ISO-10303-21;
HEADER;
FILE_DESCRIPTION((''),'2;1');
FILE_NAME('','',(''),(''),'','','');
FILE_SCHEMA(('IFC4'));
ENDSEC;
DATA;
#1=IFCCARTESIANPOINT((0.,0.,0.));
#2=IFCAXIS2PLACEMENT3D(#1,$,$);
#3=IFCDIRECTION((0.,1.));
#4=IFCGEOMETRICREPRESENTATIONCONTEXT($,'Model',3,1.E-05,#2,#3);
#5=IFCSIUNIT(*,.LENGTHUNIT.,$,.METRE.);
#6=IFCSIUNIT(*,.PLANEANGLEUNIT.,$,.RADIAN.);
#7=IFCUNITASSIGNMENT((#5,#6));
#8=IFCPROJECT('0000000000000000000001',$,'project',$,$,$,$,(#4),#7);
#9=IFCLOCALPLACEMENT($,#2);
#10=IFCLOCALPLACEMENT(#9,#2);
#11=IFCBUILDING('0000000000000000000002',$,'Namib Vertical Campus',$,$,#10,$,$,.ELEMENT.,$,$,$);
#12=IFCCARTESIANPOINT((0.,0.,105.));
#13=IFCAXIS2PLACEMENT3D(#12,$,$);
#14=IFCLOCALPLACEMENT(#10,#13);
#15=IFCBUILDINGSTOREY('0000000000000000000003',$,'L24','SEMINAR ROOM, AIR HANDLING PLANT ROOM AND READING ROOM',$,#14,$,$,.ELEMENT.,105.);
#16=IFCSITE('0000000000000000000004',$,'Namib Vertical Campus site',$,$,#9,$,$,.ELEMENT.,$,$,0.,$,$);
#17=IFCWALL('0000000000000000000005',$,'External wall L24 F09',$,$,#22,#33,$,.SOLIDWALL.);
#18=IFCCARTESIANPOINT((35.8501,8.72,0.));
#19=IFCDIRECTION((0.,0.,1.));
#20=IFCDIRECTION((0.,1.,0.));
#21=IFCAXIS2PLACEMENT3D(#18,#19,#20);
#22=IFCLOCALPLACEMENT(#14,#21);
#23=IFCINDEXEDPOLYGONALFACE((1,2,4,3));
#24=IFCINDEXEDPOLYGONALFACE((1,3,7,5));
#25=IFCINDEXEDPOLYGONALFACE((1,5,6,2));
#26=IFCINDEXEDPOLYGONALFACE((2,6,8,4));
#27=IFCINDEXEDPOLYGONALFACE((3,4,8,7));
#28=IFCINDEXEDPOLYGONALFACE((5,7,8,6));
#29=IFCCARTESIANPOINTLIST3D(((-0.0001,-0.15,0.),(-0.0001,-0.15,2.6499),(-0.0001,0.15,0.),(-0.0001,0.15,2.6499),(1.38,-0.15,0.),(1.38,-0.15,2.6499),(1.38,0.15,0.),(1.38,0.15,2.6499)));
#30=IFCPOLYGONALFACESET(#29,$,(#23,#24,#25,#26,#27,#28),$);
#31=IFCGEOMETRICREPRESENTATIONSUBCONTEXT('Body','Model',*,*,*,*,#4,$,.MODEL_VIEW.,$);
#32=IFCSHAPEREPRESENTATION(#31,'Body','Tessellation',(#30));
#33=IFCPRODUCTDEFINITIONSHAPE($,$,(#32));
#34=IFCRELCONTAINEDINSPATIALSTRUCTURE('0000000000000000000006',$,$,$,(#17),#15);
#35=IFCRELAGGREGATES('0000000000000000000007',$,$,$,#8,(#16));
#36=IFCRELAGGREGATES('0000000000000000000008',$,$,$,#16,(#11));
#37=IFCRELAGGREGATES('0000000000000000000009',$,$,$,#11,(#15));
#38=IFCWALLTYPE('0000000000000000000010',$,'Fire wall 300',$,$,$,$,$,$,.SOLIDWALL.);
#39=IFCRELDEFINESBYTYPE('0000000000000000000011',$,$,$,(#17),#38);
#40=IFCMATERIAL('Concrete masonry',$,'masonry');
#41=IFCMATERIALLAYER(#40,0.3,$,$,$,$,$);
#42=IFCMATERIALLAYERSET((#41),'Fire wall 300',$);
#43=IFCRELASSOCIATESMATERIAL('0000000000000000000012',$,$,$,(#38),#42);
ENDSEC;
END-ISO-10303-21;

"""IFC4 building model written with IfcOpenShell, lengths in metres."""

from ifc_helpers import new_model, si_unit, direction, frame, frame_2d, origin, place, context, subcontext, project, spatial, rectangle, extrude, material, layer, layer_set, type_object, element, save


model = new_model("IFC4")

# Units and contexts
model_context = context("Model", 3, precision=1e-05, world=origin(), true_north=direction((0.0, 1.0)))
body_context = subcontext(model_context, "Body", "Model", "MODEL_VIEW")
ifc_project = project(units=[si_unit("LENGTHUNIT", "METRE"), si_unit("PLANEANGLEUNIT", "RADIAN")], contexts=[model_context])

# Site, building, storey
site_placement = place(None, origin())
site = spatial("IfcSite", under=ifc_project, at=site_placement, Name="Namib Vertical Campus site", CompositionType="ELEMENT", RefElevation=0.0)
building_placement = place(site_placement, origin())
building = spatial("IfcBuilding", under=site, at=building_placement, Name="Namib Vertical Campus", CompositionType="ELEMENT")
storey_placement = place(building_placement, frame((0.0, 0.0, 105.0)))
storey = spatial("IfcBuildingStorey", under=building, at=storey_placement, Name="L24", Description="SEMINAR ROOM, AIR HANDLING PLANT ROOM AND READING ROOM", CompositionType="ELEMENT", Elevation=105.0)

# Wall
ifc_material_1 = material(Name="Concrete masonry", Category="masonry")
ifc_layer_1 = layer(ifc_material_1, 0.3)
ifc_layer_set_1 = layer_set([ifc_layer_1], Name="Fire wall 300")
wall_type_1 = type_object("IfcWallType", Name="Fire wall 300", PredefinedType="SOLIDWALL", material=ifc_layer_set_1)
wall_1_placement = place(storey_placement, frame((35.8501, 8.72, 0.0), z_axis=(0.0, 0.0, 1.0), x_axis=(0.0, 1.0, 0.0)))
element("IfcWall", 1, at=wall_1_placement, inside=storey, type_object=wall_type_1, Name="External wall L24 F09", PredefinedType="SOLIDWALL", context=body_context, shape_type="SweptSolid", body=[
    extrude(rectangle(XDim=1.3801, YDim=0.3, at=frame_2d((0.6899, 0.0))), origin(), (0.0, 0.0, 1.0), 2.6499),
])

save(model, "model.ifc")
